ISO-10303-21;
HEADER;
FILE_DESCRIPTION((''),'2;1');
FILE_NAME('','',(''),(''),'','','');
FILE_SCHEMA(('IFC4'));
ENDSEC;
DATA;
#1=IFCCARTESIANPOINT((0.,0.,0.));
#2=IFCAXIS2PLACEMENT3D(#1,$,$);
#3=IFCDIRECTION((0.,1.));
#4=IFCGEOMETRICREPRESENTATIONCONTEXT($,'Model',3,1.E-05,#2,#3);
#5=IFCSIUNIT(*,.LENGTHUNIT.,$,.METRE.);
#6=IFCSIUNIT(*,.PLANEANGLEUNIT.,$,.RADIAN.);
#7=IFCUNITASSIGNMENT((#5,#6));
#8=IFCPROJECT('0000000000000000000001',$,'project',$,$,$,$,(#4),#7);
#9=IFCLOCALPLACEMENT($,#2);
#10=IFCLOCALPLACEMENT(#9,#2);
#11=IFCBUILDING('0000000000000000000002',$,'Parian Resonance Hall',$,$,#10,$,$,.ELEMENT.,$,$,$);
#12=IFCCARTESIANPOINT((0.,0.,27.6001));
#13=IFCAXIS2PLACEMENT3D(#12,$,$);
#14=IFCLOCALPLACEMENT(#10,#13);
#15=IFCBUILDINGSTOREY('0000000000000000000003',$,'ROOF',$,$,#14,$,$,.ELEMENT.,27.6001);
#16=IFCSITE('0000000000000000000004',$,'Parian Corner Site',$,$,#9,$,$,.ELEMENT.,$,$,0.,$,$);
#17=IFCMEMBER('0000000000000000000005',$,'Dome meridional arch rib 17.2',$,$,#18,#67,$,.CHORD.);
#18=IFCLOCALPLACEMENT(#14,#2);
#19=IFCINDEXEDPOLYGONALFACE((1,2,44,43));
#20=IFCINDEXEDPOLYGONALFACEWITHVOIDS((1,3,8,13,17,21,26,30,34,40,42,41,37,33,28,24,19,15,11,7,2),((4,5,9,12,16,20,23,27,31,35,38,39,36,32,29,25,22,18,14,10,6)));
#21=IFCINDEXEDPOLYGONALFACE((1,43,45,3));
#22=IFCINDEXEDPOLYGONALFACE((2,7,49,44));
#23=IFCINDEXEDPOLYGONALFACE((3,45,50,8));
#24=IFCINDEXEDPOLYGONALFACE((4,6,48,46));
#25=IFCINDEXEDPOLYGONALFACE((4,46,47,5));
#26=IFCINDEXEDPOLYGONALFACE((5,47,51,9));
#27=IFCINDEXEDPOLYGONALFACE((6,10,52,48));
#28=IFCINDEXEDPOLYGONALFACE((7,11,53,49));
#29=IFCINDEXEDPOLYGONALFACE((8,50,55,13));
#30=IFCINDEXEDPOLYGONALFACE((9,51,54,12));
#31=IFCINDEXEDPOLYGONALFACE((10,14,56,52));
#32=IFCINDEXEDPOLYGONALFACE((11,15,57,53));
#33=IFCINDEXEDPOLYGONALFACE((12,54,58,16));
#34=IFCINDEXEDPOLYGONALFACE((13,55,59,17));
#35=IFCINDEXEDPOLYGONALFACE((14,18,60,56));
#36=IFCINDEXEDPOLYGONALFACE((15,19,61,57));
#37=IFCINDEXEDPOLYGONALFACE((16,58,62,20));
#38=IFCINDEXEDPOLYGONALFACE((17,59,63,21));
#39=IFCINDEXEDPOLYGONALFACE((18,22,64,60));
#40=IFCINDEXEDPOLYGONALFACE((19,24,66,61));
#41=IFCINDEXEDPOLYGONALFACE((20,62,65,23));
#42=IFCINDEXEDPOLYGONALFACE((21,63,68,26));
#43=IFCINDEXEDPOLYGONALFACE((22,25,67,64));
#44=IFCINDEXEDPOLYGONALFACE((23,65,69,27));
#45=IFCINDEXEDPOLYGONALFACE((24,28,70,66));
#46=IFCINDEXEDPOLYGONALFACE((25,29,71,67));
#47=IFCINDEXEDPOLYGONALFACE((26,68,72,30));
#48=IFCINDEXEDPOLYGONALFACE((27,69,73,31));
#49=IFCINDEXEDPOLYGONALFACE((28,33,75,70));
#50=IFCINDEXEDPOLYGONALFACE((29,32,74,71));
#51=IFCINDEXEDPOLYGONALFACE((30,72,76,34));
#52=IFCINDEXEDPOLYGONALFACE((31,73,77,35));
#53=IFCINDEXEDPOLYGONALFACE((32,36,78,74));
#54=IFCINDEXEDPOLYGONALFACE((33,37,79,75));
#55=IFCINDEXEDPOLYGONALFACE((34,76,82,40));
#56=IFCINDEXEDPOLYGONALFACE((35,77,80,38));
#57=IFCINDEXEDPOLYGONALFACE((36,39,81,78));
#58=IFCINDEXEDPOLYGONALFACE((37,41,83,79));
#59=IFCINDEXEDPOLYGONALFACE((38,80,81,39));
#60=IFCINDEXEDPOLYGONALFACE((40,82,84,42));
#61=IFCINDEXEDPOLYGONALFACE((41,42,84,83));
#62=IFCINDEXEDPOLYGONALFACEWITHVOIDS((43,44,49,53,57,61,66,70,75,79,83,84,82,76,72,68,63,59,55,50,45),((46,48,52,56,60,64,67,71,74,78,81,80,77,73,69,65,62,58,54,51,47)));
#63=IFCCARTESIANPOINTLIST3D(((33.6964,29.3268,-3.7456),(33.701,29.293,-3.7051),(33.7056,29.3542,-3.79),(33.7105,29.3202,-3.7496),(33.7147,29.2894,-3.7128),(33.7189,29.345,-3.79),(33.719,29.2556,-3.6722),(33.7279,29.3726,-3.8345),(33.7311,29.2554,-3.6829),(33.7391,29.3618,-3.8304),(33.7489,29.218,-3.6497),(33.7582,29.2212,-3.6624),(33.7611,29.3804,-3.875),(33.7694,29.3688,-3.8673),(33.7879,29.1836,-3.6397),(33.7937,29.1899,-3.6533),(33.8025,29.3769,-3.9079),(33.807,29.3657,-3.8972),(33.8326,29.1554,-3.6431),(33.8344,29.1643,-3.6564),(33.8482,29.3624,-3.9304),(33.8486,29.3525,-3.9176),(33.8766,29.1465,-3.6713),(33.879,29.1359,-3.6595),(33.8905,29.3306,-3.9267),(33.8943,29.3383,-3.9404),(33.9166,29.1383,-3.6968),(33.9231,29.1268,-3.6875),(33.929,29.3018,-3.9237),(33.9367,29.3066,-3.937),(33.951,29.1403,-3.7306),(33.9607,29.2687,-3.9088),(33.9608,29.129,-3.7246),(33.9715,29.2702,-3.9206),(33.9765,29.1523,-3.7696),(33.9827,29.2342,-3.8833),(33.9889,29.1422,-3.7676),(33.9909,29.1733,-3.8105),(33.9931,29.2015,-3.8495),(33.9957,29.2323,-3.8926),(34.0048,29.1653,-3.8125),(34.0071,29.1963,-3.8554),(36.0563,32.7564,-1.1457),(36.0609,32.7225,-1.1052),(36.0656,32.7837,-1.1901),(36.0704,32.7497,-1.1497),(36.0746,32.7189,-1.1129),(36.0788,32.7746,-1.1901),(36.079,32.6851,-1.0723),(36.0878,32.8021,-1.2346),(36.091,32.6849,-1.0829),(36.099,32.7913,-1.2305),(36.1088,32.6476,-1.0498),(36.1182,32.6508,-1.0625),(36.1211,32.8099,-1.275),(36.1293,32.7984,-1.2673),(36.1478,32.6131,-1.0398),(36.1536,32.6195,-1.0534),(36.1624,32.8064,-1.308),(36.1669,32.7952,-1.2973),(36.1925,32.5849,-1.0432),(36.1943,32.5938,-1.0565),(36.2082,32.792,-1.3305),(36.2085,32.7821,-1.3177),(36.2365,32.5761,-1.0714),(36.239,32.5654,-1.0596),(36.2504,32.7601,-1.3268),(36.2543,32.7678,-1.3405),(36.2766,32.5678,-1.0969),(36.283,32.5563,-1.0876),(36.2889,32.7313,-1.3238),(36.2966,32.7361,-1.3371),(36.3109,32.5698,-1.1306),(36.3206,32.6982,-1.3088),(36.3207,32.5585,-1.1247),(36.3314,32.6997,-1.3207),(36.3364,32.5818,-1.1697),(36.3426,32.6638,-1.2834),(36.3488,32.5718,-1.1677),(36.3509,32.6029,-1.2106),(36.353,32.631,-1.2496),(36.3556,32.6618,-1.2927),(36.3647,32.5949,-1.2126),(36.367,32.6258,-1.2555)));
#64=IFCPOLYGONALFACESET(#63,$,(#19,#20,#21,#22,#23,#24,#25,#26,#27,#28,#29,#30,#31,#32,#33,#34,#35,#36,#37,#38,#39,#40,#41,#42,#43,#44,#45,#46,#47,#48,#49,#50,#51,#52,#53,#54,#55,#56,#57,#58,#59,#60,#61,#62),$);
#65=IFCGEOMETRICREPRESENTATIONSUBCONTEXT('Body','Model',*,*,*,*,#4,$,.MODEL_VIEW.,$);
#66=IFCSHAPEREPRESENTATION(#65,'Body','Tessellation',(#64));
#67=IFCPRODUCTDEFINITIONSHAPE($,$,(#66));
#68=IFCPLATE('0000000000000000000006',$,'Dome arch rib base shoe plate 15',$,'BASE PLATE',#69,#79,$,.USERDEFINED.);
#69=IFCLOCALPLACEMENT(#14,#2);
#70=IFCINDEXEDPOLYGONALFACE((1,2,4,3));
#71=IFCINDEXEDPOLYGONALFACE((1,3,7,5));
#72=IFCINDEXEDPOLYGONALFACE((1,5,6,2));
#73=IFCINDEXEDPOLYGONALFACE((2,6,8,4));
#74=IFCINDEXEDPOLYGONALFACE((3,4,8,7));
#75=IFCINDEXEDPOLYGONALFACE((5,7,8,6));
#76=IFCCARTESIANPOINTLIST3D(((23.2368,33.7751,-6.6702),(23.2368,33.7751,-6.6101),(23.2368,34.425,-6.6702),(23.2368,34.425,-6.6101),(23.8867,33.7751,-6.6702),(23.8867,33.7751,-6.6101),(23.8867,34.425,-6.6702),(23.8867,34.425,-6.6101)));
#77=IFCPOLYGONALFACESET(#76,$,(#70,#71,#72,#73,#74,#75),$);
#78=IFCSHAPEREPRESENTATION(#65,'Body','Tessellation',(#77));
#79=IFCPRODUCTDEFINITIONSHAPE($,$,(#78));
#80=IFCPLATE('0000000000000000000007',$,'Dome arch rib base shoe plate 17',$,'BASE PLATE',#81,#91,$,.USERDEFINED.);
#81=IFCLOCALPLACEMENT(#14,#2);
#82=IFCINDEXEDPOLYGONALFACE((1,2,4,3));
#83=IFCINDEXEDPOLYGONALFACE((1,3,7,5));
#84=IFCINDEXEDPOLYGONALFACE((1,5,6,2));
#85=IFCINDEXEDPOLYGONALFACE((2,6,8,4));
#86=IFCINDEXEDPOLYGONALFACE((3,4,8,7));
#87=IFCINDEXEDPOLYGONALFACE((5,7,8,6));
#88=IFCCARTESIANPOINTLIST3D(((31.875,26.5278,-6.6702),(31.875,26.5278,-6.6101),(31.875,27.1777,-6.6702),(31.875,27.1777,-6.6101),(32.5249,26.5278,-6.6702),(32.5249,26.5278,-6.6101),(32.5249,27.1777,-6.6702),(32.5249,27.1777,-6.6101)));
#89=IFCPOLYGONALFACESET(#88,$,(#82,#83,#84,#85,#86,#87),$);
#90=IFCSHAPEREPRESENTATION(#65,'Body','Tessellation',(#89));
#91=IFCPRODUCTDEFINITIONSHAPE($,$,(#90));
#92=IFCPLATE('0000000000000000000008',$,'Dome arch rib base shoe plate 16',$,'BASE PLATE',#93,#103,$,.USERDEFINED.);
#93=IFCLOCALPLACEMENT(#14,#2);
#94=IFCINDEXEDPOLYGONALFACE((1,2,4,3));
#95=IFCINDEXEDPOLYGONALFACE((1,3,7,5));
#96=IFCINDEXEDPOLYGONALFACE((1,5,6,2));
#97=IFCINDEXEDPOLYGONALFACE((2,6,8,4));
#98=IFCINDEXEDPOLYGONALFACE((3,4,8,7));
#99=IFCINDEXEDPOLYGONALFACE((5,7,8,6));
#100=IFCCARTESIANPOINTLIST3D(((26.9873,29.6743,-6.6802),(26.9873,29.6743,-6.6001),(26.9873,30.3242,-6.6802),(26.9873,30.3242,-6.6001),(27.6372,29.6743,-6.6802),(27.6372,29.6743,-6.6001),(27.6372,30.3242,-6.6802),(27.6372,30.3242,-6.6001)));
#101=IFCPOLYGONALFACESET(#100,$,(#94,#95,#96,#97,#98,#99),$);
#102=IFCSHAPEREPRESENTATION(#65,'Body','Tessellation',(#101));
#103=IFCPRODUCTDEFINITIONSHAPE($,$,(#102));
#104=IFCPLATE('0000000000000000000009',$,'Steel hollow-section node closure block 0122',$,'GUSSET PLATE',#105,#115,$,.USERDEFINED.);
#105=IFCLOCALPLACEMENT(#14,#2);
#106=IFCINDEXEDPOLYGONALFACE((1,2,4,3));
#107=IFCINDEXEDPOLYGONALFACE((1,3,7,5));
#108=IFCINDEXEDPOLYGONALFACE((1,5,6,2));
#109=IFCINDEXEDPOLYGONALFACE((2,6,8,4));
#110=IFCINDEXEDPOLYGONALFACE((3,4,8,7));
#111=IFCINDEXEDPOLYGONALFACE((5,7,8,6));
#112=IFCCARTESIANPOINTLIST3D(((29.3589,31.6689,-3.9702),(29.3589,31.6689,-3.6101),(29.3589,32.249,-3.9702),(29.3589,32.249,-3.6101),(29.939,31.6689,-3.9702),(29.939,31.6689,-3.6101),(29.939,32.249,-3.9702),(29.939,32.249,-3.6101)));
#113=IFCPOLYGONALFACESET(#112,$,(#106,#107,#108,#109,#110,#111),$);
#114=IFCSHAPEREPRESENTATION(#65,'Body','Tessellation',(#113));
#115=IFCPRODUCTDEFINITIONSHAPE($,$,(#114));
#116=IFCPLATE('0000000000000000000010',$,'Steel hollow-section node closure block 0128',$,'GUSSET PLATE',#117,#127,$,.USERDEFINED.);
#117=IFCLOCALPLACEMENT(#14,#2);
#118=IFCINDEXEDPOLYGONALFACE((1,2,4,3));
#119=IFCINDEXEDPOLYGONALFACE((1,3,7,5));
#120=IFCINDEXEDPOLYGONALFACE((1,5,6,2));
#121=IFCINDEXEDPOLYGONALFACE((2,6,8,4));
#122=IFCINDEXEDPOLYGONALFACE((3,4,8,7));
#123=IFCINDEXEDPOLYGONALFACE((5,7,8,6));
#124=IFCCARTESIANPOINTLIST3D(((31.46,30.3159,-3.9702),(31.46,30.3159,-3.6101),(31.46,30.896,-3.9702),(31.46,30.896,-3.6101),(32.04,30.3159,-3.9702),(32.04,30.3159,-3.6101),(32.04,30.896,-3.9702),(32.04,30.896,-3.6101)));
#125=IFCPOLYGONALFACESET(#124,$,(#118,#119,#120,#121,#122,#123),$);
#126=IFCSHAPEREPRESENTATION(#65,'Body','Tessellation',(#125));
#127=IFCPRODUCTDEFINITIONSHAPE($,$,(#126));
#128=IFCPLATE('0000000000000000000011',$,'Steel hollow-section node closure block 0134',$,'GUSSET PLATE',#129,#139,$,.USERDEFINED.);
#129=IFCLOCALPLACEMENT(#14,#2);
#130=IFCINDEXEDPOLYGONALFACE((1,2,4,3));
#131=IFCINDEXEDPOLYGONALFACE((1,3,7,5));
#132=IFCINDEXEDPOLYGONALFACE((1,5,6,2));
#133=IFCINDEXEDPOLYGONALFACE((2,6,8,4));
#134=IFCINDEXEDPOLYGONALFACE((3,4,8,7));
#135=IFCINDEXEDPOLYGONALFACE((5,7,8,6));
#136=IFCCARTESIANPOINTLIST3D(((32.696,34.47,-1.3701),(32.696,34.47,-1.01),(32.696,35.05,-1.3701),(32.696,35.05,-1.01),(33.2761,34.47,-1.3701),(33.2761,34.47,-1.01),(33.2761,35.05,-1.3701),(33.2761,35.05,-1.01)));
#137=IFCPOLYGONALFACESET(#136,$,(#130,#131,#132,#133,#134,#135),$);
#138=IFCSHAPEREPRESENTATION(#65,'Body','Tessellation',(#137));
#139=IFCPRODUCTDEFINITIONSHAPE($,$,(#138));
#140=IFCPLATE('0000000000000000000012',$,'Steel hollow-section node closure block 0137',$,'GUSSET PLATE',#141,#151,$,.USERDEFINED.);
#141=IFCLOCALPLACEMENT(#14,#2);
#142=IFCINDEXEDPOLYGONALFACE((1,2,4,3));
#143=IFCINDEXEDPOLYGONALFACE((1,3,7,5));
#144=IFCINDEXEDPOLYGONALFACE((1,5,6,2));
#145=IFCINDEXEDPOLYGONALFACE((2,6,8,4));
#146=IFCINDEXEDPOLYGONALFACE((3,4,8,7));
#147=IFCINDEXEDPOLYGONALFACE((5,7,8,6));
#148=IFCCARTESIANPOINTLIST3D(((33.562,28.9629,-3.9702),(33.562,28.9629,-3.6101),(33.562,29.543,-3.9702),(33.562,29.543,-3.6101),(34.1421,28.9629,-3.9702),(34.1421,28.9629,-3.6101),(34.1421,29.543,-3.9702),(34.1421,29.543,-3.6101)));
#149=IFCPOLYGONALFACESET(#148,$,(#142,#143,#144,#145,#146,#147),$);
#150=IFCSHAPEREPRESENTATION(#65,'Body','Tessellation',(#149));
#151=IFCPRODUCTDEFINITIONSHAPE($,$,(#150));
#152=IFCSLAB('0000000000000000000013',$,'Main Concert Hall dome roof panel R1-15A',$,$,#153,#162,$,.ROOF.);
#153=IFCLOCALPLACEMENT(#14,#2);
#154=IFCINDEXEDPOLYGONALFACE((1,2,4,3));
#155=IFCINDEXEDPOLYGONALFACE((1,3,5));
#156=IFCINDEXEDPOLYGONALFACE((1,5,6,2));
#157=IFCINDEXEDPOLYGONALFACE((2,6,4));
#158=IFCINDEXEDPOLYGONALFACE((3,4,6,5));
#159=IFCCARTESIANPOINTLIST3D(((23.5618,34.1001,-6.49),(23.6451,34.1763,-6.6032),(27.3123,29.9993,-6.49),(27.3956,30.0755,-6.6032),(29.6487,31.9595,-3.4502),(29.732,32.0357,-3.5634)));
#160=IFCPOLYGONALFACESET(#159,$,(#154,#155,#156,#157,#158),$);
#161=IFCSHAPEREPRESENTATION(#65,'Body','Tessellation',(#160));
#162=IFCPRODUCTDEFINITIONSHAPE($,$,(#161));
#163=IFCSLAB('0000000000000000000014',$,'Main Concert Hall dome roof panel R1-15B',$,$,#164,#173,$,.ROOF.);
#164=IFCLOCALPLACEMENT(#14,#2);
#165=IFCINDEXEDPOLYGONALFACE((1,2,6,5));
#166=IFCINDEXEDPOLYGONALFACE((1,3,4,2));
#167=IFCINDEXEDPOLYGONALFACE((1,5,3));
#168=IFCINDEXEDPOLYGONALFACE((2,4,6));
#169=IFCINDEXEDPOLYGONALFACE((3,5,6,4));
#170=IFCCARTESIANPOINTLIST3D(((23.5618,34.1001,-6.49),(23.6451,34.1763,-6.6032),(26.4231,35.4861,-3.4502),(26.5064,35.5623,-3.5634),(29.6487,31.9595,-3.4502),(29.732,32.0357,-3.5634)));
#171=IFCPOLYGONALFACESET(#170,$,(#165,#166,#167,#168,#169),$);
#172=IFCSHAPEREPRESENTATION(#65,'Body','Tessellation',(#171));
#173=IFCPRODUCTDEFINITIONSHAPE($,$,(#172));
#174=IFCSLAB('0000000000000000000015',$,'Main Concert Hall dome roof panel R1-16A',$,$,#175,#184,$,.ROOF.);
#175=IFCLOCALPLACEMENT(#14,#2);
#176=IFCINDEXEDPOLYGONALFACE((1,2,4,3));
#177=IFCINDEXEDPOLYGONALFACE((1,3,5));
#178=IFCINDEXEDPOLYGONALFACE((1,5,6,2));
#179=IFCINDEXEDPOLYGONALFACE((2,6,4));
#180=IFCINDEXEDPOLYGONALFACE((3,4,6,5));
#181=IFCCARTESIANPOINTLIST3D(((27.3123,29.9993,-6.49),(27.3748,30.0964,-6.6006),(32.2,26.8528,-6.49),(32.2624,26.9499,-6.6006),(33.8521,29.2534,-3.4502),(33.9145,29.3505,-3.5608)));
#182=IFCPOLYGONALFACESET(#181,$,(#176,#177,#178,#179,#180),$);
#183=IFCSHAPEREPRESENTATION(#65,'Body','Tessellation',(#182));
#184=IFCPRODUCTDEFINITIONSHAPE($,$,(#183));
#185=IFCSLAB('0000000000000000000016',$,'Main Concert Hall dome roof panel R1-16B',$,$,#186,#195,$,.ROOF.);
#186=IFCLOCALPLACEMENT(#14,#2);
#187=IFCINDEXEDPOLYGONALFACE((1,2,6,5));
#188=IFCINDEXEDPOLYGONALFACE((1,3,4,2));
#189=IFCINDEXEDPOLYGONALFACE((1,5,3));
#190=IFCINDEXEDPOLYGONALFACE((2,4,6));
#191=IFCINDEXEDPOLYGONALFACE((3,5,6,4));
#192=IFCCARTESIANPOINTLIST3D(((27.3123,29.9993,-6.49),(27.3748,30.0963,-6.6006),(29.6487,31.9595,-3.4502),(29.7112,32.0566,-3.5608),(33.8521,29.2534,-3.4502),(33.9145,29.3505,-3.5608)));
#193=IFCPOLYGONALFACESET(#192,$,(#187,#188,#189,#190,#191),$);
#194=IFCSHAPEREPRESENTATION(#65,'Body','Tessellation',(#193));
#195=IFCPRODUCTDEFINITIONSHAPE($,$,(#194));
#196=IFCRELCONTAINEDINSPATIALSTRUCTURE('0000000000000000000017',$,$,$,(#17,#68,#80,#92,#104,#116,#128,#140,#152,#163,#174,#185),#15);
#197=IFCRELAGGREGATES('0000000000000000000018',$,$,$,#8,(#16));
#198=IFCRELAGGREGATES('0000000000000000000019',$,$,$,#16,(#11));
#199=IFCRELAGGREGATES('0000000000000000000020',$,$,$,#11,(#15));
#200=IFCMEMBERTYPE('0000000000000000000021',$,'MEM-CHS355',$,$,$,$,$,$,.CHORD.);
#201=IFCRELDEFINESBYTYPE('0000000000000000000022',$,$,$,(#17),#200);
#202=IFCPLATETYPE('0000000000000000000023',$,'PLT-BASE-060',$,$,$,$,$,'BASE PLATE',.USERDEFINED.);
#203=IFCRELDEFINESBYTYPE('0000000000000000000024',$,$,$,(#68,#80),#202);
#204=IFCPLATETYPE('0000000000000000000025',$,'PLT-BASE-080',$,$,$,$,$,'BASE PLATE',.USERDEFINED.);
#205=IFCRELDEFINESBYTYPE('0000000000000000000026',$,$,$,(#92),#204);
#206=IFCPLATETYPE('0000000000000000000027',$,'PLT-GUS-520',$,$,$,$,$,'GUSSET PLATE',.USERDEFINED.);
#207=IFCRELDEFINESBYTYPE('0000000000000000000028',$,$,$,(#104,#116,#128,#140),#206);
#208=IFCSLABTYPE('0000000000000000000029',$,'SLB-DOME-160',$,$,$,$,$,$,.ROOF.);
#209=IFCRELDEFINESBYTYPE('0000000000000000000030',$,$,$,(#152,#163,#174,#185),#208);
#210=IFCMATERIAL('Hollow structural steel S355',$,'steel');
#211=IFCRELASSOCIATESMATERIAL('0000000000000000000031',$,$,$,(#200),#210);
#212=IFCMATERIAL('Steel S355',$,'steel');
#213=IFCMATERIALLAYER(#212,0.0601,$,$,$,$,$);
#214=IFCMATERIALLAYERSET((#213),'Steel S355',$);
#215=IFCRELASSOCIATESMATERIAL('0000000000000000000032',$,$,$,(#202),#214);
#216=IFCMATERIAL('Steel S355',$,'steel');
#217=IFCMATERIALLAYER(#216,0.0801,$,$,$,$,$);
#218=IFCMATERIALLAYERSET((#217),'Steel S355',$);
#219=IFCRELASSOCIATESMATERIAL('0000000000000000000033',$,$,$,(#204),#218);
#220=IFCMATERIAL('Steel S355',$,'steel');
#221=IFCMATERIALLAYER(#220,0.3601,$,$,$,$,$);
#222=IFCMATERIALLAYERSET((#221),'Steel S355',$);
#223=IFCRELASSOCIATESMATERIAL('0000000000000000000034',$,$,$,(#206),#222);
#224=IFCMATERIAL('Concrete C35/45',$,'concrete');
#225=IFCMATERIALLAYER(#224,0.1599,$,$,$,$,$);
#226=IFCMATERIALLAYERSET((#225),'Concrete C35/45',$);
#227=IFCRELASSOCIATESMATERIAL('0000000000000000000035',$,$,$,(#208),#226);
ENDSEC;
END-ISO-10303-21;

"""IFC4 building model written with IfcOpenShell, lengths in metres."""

from ifc_helpers import new_model, si_unit, direction, frame, origin, origin_2d, place, context, subcontext, project, spatial, polyline, rectangle, hollow_circle, outline, extrude, material, layer, layer_set, material_profile, profile_set, type_object, element, save


model = new_model("IFC4")

# Units and contexts
model_context = context("Model", 3, precision=1e-05, world=origin(), true_north=direction((0.0, 1.0)))
body_context = subcontext(model_context, "Body", "Model", "MODEL_VIEW")
ifc_project = project(units=[si_unit("LENGTHUNIT", "METRE"), si_unit("PLANEANGLEUNIT", "RADIAN")], contexts=[model_context])

# Site, building, storey
site_placement = place(None, origin())
site = spatial("IfcSite", under=ifc_project, at=site_placement, Name="Parian Corner Site", CompositionType="ELEMENT", RefElevation=0.0)
building_placement = place(site_placement, origin())
building = spatial("IfcBuilding", under=site, at=building_placement, Name="Parian Resonance Hall", CompositionType="ELEMENT")
storey_placement = place(building_placement, frame((0.0, 0.0, 27.6001)))
storey = spatial("IfcBuildingStorey", under=building, at=storey_placement, Name="ROOF", CompositionType="ELEMENT", Elevation=27.6001)

# Member
ifc_material_1 = material(Name="Hollow structural steel S355", Category="steel")
ifc_material_profile_1 = material_profile(ifc_material_1, hollow_circle(Radius=0.1777, WallThickness=0.0161, at=origin_2d()), Name="CHS355.6x16")
ifc_profile_set_1 = profile_set([ifc_material_profile_1], Name="Hollow structural steel S355")
member_type_1 = type_object("IfcMemberType", Name="MEM-CHS355", PredefinedType="CHORD", material=ifc_profile_set_1)
member_1_placement = place(storey_placement, frame((33.8521, 29.2534, -3.79), z_axis=(0.480812, 0.698734, 0.529709), x_axis=(-0.823804, 0.566875, 0.0)))
element("IfcMember", 1, at=member_1_placement, inside=storey, type_object=member_type_1, Name="Dome meridional arch rib 17.2", PredefinedType="CHORD", context=body_context, shape_type="SweptSolid", body=[
    extrude(hollow_circle(Radius=0.1777, WallThickness=0.0161, at=origin_2d()), origin(), (0.0, 0.0, 1.0), 4.9082),
])

# Plates
ifc_material_2 = material(Name="Steel S355", Category="steel")
ifc_layer_1 = layer(ifc_material_2, 0.0601)
ifc_layer_set_1 = layer_set([ifc_layer_1], Name="Steel S355")
plate_type_1 = type_object("IfcPlateType", Name="PLT-BASE-060", ElementType="BASE PLATE", PredefinedType="USERDEFINED", material=ifc_layer_set_1)
for number, where, z_axis, x_axis, name in (
    (2, (23.5618, 34.1001, -6.6702), (0.0, 0.0, 1.0), (1.0, 0.0, 0.0), "Dome arch rib base shoe plate 15"),
    (3, (32.2, 26.8528, -6.6702), (0.0, 0.0, 1.0), (1.0, 0.0, 0.0), "Dome arch rib base shoe plate 17"),
):
    element("IfcPlate", number, at=place(storey_placement, frame(where, z_axis=z_axis, x_axis=x_axis)), inside=storey, type_object=plate_type_1, Name=name, ObjectType="BASE PLATE", PredefinedType="USERDEFINED", context=body_context, shape_type="SweptSolid", body=[
        extrude(rectangle(XDim=0.6499, YDim=0.6499, at=origin_2d()), origin(), (0.0, 0.0, 1.0), 0.0601),
    ])
ifc_material_3 = material(Name="Steel S355", Category="steel")
ifc_layer_2 = layer(ifc_material_3, 0.0801)
ifc_layer_set_2 = layer_set([ifc_layer_2], Name="Steel S355")
plate_type_2 = type_object("IfcPlateType", Name="PLT-BASE-080", ElementType="BASE PLATE", PredefinedType="USERDEFINED", material=ifc_layer_set_2)
plate_placement = place(storey_placement, frame((27.3123, 29.9993, -6.6802), z_axis=(0.0, 0.0, 1.0), x_axis=(1.0, 0.0, 0.0)))
element("IfcPlate", 4, at=plate_placement, inside=storey, type_object=plate_type_2, Name="Dome arch rib base shoe plate 16", ObjectType="BASE PLATE", PredefinedType="USERDEFINED", context=body_context, shape_type="SweptSolid", body=[
    extrude(rectangle(XDim=0.6499, YDim=0.6499, at=origin_2d()), origin(), (0.0, 0.0, 1.0), 0.0801),
])
ifc_material_4 = material(Name="Steel S355", Category="steel")
ifc_layer_3 = layer(ifc_material_4, 0.3601)
ifc_layer_set_3 = layer_set([ifc_layer_3], Name="Steel S355")
plate_type_3 = type_object("IfcPlateType", Name="PLT-GUS-520", ElementType="GUSSET PLATE", PredefinedType="USERDEFINED", material=ifc_layer_set_3)
for number, where, z_axis, x_axis, name in (
    (5, (29.6489, 31.959, -3.9702), (0.0, 0.0, 1.0), (1.0, 0.0, 0.0), "Steel hollow-section node closure block 0122"),
    (6, (31.75, 30.606, -3.9702), (0.0, 0.0, 1.0), (1.0, 0.0, 0.0), "Steel hollow-section node closure block 0128"),
    (7, (32.9861, 34.76, -1.3701), (0.0, 0.0, 1.0), (1.0, 0.0, 0.0), "Steel hollow-section node closure block 0134"),
    (8, (33.8521, 29.2529, -3.9702), (0.0, 0.0, 1.0), (1.0, 0.0, 0.0), "Steel hollow-section node closure block 0137"),
):
    element("IfcPlate", number, at=place(storey_placement, frame(where, z_axis=z_axis, x_axis=x_axis)), inside=storey, type_object=plate_type_3, Name=name, ObjectType="GUSSET PLATE", PredefinedType="USERDEFINED", context=body_context, shape_type="SweptSolid", body=[
        extrude(rectangle(XDim=0.5801, YDim=0.5801, at=origin_2d()), origin(), (0.0, 0.0, 1.0), 0.3601),
    ])

# Slabs
ifc_material_5 = material(Name="Concrete C35/45", Category="concrete")
ifc_layer_4 = layer(ifc_material_5, 0.1599)
ifc_layer_set_4 = layer_set([ifc_layer_4], Name="Concrete C35/45")
slab_type_1 = type_object("IfcSlabType", Name="SLB-DOME-160", PredefinedType="ROOF", material=ifc_layer_set_4)
slab_1_placement = place(storey_placement, frame((23.5618, 34.1001, -6.49), z_axis=(-0.521172, -0.476648, 0.707945), x_axis=(0.674883, -0.737925, 0.0)))
element("IfcSlab", 9, at=slab_1_placement, inside=storey, type_object=slab_type_1, Name="Main Concert Hall dome roof panel R1-15A", PredefinedType="ROOF", context=body_context, shape_type="SweptSolid", body=[
    extrude(outline(polyline([(0.0, 0.0), (5.5572, 0.0), (5.6876, 4.304), (0.0, 0.0)])), origin(), (0.0, 0.0, -1.0), 0.1599),
])
slab_2_placement = place(storey_placement, frame((23.5618, 34.1001, -6.49), z_axis=(-0.521173, -0.476686, 0.707919), x_axis=(0.8534, -0.300121, 0.426187)))
element("IfcSlab", 10, at=slab_2_placement, inside=storey, type_object=slab_type_1, Name="Main Concert Hall dome roof panel R1-15B", PredefinedType="ROOF", context=body_context, shape_type="SweptSolid", body=[
    extrude(outline(polyline([(0.0, 0.0), (7.1325, 0.0), (3.3214, 2.8839), (0.0, 0.0)])), origin(), (0.0, 0.0, -1.0), 0.1599),
])
slab_3_placement = place(storey_placement, frame((27.3123, 29.9993, -6.49), z_axis=(-0.390828, -0.607106, 0.691864), x_axis=(0.840834, -0.541292, 0.0)))
element("IfcSlab", 11, at=slab_3_placement, inside=storey, type_object=slab_type_1, Name="Main Concert Hall dome roof panel R1-16A", PredefinedType="ROOF", context=body_context, shape_type="SweptSolid", body=[
    extrude(outline(polyline([(0.0, 0.0), (5.8129, 0.0), (5.9026, 4.2101), (0.0, 0.0)])), origin(), (0.0, 0.0, -1.0), 0.1599),
])
slab_4_placement = place(storey_placement, frame((27.3123, 29.9993, -6.49), z_axis=(-0.390832, -0.607088, 0.691878), x_axis=(0.902014, -0.102873, 0.41927)))
element("IfcSlab", 12, at=slab_4_placement, inside=storey, type_object=slab_type_1, Name="Main Concert Hall dome roof panel R1-16B", PredefinedType="ROOF", context=body_context, shape_type="SweptSolid", body=[
    extrude(outline(polyline([(0.0, 0.0), (7.2502, 0.0), (3.1803, 2.903), (0.0, 0.0)])), origin(), (0.0, 0.0, -1.0), 0.1599),
])

save(model, "model.ifc")
